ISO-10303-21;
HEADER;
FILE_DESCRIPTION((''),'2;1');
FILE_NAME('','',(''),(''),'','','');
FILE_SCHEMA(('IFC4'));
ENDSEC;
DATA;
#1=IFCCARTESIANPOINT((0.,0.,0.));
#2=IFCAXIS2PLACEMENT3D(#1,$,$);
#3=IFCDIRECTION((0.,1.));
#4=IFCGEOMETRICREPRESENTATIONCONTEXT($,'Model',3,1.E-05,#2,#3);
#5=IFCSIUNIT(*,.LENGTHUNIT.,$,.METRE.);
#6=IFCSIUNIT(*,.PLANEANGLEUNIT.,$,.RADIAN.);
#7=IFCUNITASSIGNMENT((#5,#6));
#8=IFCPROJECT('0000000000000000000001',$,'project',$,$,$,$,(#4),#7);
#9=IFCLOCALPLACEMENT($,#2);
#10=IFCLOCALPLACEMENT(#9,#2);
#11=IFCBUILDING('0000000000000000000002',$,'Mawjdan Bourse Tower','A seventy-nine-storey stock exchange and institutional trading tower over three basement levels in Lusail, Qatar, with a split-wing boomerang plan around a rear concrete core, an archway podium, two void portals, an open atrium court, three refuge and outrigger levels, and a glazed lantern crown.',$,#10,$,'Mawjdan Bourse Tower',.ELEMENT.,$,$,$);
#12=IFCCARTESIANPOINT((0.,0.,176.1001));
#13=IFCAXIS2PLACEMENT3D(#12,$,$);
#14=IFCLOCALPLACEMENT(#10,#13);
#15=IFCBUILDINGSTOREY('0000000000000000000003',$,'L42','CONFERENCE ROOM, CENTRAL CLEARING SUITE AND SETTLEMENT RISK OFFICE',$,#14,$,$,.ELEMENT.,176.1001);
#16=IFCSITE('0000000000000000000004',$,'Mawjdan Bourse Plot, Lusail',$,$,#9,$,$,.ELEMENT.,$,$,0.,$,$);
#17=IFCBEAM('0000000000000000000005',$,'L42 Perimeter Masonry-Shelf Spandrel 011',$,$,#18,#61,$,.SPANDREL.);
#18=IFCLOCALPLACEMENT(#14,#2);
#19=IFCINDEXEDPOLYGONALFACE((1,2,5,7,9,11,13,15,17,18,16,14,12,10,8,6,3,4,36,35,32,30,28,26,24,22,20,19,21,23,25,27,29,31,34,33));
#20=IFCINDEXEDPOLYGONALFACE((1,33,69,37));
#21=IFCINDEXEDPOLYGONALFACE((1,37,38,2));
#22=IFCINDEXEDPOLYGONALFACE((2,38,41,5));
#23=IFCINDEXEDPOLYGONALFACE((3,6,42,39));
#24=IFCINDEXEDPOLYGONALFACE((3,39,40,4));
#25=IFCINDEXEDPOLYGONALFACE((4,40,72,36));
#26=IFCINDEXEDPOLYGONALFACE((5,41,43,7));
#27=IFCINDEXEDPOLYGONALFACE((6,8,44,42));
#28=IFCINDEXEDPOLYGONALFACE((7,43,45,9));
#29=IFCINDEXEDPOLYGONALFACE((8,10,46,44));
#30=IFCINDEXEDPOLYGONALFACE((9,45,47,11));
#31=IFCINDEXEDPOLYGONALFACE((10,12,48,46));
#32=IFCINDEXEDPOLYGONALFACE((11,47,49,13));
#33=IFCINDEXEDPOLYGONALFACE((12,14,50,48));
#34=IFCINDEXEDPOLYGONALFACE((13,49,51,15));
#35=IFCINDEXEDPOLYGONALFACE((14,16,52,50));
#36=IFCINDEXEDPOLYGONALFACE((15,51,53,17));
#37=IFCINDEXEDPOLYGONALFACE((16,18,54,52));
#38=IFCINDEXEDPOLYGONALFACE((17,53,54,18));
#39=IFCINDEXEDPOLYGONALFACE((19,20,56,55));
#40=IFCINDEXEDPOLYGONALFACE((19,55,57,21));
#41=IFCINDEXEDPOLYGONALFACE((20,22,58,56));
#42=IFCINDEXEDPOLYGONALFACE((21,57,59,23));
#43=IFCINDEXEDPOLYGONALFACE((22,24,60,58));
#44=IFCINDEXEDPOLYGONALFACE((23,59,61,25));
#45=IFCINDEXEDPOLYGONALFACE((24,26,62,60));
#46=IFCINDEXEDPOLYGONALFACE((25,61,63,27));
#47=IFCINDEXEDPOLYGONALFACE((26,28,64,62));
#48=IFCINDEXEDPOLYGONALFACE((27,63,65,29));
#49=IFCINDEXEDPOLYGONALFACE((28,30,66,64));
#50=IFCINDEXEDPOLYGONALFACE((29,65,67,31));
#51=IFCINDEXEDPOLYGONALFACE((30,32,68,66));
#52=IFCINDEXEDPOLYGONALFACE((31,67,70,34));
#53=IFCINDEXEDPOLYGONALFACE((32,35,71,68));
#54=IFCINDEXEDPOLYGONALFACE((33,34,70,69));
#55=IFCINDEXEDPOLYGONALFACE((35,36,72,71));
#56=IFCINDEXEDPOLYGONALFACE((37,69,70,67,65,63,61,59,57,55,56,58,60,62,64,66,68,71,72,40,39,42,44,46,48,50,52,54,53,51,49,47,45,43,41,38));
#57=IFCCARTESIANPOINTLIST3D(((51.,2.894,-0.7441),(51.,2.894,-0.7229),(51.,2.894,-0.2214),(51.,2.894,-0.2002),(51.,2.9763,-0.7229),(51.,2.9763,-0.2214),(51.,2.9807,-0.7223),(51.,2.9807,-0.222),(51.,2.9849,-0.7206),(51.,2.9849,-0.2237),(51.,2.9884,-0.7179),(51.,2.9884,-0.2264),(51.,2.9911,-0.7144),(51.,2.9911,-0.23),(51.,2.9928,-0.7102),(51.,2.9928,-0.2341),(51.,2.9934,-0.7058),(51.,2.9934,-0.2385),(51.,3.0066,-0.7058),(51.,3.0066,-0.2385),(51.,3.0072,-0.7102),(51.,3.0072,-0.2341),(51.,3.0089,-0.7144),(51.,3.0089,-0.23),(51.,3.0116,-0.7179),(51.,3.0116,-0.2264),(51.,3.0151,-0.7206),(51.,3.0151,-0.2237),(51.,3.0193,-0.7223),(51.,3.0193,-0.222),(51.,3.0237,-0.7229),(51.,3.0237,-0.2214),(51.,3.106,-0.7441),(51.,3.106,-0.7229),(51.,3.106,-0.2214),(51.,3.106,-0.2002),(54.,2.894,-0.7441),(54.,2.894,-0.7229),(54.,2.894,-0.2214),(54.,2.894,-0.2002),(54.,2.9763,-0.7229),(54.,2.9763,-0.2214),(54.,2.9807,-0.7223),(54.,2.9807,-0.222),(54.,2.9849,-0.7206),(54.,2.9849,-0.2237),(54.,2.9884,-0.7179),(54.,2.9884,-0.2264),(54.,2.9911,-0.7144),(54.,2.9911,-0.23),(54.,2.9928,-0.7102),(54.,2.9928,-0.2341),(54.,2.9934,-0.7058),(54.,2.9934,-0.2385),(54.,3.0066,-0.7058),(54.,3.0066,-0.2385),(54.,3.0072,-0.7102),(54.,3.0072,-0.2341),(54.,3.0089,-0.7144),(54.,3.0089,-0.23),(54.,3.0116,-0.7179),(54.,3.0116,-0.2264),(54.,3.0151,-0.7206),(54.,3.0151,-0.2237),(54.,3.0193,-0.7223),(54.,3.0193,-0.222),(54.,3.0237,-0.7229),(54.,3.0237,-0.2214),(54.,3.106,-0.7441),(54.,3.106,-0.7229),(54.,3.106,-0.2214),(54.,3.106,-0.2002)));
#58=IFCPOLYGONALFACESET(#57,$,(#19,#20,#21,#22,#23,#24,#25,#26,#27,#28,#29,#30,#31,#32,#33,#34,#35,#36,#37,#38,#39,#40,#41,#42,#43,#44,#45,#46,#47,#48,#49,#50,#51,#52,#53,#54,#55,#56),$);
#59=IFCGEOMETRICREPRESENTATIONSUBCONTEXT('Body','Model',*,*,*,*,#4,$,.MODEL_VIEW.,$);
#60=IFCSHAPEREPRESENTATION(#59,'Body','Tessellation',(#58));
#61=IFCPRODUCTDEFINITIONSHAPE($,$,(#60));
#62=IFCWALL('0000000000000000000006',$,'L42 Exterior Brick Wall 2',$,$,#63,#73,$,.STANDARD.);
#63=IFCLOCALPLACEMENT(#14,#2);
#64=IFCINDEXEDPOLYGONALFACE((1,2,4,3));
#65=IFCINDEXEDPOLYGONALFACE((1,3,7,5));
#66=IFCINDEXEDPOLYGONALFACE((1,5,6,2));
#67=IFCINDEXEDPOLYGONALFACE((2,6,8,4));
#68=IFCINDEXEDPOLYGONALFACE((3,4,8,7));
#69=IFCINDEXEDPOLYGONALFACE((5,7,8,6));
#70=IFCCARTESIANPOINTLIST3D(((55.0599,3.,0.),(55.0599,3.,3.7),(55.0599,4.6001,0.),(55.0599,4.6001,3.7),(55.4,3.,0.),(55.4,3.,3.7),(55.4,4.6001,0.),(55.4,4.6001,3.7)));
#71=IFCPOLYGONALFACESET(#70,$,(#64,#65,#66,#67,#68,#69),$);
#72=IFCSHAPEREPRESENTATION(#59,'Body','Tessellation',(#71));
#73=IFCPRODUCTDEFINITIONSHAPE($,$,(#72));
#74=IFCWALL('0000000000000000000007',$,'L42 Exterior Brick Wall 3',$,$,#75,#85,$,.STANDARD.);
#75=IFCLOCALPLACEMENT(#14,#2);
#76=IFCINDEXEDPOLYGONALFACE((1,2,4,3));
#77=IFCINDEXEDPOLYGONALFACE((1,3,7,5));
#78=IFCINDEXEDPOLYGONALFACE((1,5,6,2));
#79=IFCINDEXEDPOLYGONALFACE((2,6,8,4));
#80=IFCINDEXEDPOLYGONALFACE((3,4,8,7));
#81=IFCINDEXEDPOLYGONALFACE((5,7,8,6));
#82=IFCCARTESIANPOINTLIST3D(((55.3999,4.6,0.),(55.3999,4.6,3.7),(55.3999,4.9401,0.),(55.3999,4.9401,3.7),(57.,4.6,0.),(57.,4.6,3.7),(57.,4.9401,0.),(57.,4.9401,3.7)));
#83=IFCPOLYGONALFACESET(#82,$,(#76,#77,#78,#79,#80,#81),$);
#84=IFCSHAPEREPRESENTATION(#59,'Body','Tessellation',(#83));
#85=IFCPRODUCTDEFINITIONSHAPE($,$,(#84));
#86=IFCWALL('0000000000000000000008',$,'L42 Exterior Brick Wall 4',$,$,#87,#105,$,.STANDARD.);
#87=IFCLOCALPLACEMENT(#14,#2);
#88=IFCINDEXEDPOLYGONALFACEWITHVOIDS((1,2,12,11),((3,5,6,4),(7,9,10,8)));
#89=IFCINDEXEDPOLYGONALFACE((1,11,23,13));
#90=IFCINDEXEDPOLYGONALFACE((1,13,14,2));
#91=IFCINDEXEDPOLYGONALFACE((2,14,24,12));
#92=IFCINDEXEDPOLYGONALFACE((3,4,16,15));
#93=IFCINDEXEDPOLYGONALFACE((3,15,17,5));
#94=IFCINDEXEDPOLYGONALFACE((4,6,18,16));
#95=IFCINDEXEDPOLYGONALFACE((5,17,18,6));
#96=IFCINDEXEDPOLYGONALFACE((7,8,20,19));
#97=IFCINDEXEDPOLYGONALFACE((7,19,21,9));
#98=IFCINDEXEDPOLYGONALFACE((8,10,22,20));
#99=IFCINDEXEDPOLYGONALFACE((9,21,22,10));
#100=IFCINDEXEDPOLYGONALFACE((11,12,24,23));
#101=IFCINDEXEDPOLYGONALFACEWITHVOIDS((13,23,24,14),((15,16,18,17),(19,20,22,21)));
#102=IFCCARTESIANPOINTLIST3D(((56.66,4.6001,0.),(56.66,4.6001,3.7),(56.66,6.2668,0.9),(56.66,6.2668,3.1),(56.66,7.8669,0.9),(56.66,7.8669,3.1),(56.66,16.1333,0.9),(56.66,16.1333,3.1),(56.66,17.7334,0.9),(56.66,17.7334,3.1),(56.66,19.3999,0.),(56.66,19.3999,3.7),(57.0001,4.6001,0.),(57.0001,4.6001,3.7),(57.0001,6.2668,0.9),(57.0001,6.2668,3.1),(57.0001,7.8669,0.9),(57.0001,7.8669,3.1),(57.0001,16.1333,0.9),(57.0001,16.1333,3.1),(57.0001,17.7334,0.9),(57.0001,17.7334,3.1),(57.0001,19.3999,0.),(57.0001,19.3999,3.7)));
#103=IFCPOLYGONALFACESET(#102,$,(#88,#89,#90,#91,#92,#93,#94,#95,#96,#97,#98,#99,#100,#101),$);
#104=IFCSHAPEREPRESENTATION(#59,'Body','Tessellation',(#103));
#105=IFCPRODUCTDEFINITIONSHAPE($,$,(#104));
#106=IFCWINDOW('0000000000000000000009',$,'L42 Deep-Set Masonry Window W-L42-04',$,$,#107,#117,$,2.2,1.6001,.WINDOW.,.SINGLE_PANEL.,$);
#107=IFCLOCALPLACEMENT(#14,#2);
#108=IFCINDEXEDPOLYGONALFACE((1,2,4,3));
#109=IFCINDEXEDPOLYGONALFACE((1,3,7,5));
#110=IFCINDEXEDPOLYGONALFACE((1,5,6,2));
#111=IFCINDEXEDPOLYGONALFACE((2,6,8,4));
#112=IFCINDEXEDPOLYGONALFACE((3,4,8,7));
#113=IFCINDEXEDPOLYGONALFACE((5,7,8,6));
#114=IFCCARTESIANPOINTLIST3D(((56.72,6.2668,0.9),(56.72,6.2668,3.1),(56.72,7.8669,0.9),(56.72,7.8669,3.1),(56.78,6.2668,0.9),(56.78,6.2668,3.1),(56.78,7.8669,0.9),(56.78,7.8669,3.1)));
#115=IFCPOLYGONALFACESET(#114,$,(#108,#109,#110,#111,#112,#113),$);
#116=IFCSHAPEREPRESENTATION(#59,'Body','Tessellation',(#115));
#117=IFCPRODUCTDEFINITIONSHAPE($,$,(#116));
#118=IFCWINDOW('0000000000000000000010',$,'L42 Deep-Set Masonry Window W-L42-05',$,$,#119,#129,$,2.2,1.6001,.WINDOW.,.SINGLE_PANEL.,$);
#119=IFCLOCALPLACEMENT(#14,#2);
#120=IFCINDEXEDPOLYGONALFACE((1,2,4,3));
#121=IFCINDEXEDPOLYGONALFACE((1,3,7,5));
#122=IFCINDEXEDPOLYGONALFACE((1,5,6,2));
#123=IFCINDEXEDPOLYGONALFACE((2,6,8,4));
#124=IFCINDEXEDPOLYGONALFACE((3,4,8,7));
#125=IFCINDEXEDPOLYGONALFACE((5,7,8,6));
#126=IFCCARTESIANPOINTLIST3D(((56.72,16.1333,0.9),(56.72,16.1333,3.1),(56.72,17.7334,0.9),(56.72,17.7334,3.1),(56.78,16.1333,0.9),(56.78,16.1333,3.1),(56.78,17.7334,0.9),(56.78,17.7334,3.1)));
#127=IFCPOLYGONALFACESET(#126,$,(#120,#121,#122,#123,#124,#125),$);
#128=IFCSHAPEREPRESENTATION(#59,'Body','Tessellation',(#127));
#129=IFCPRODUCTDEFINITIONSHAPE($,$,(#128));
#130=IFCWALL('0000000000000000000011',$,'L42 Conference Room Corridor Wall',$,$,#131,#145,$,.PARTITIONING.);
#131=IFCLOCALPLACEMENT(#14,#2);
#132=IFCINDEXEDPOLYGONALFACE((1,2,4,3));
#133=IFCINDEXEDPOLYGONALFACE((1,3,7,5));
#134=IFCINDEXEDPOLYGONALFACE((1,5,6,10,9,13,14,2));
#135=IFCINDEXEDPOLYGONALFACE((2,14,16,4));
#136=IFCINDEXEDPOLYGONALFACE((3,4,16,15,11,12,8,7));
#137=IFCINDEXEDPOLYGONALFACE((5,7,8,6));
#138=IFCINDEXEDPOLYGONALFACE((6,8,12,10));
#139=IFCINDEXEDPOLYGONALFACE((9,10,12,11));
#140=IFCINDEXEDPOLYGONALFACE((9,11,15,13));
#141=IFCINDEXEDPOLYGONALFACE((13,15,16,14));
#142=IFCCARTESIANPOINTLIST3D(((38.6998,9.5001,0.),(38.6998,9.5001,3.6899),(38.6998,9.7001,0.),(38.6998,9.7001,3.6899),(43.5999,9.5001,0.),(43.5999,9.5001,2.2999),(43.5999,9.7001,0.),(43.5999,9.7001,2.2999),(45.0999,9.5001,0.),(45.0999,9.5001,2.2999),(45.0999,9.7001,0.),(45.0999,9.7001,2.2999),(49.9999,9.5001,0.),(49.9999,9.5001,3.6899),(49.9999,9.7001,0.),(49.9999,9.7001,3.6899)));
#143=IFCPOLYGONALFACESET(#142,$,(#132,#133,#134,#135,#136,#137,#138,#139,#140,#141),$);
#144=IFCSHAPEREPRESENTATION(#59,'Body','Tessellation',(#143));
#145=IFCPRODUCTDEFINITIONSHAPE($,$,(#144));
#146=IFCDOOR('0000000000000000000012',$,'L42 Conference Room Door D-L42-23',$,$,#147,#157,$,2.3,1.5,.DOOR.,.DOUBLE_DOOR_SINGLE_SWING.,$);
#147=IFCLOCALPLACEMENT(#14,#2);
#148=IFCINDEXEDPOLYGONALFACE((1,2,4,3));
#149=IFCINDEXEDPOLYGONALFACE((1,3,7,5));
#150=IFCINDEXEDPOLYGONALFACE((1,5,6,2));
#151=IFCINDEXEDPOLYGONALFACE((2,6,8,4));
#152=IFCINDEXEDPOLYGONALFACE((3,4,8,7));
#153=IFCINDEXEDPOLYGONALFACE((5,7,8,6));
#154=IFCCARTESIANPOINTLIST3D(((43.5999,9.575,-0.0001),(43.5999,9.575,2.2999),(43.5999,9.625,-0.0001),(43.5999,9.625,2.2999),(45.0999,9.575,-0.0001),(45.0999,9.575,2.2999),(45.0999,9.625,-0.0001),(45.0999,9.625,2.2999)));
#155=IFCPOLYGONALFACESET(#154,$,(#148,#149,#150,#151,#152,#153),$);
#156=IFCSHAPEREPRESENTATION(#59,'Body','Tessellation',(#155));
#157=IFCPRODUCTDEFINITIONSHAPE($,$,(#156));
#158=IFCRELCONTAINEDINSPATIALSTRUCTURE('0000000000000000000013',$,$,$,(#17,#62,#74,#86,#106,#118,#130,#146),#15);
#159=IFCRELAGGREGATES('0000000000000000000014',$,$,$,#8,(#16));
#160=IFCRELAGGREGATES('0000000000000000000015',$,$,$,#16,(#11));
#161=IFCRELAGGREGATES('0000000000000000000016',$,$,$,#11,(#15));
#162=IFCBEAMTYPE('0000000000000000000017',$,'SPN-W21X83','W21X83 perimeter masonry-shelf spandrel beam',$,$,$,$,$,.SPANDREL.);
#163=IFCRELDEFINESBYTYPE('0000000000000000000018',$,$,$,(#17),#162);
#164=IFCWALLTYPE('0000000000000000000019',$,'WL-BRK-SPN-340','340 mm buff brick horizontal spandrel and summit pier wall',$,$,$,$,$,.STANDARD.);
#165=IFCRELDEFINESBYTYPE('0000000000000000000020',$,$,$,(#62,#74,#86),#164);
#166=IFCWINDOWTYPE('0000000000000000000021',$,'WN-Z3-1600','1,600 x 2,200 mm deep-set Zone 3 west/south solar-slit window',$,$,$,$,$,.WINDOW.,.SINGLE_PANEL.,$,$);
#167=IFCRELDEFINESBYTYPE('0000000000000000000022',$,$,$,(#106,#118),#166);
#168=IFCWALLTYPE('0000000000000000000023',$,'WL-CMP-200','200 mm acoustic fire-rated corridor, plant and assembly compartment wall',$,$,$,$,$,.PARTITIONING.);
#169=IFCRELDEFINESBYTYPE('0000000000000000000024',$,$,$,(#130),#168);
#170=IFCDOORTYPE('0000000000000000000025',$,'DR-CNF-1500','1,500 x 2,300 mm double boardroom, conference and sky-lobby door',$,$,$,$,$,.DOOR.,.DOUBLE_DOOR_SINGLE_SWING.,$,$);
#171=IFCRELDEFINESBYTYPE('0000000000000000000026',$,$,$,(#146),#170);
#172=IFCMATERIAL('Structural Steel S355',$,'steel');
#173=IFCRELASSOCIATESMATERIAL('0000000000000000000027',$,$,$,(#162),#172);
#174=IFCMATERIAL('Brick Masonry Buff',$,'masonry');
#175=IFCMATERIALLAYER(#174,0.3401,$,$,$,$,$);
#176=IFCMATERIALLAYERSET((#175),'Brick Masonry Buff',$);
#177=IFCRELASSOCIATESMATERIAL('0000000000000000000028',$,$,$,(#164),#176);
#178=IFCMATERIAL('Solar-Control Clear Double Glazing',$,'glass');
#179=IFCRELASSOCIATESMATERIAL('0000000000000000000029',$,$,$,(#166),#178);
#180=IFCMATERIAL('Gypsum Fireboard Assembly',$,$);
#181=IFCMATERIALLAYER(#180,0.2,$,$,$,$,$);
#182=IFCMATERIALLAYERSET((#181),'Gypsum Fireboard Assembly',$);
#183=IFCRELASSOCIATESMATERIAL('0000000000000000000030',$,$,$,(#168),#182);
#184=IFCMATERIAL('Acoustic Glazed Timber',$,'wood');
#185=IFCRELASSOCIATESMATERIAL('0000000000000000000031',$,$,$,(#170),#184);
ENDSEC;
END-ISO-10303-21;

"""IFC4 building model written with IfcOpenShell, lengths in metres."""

from ifc_helpers import new_model, si_unit, direction, frame, frame_2d, origin, origin_2d, place, context, subcontext, project, spatial, rectangle, i_section, extrude, material, layer, layer_set, material_profile, profile_set, type_object, element, fill, save


model = new_model("IFC4")

# Units and contexts
model_context = context("Model", 3, precision=1e-05, world=origin(), true_north=direction((0.0, 1.0)))
body_context = subcontext(model_context, "Body", "Model", "MODEL_VIEW")
ifc_project = project(units=[si_unit("LENGTHUNIT", "METRE"), si_unit("PLANEANGLEUNIT", "RADIAN")], contexts=[model_context])

# Site, building, storey
site_placement = place(None, origin())
site = spatial("IfcSite", under=ifc_project, at=site_placement, Name="Mawjdan Bourse Plot, Lusail", CompositionType="ELEMENT", RefElevation=0.0)
building_placement = place(site_placement, origin())
building = spatial("IfcBuilding", under=site, at=building_placement, Name="Mawjdan Bourse Tower", Description="A seventy-nine-storey stock exchange and institutional trading tower over three basement levels in Lusail, Qatar, with a split-wing boomerang plan around a rear concrete core, an archway podium, two void portals, an open atrium court, three refuge and outrigger levels, and a glazed lantern crown.", LongName="Mawjdan Bourse Tower", CompositionType="ELEMENT")
storey_placement = place(building_placement, frame((0.0, 0.0, 176.1001)))
storey = spatial("IfcBuildingStorey", under=building, at=storey_placement, Name="L42", Description="CONFERENCE ROOM, CENTRAL CLEARING SUITE AND SETTLEMENT RISK OFFICE", CompositionType="ELEMENT", Elevation=176.1001)

# Beam
ifc_material_1 = material(Name="Structural Steel S355", Category="steel")
ifc_material_profile_1 = material_profile(ifc_material_1, i_section(OverallWidth=0.2119, OverallDepth=0.5439, WebThickness=0.0132, FlangeThickness=0.0212, FilletRadius=0.0171, at=origin_2d()), Name="W21X83")
ifc_profile_set_1 = profile_set([ifc_material_profile_1], Name="Structural Steel S355")
beam_type_1 = type_object("IfcBeamType", Name="SPN-W21X83", Description="W21X83 perimeter masonry-shelf spandrel beam", PredefinedType="SPANDREL", material=ifc_profile_set_1)
for number, where, z_axis, x_axis, name in (
    (1, (51.0, 3.0, -0.4722), (1.0, 0.0, 0.0), (0.0, 1.0, 0.0), "L42 Perimeter Masonry-Shelf Spandrel 011"),
):
    element("IfcBeam", number, at=place(storey_placement, frame(where, z_axis=z_axis, x_axis=x_axis)), inside=storey, type_object=beam_type_1, Name=name, PredefinedType="SPANDREL", context=body_context, shape_type="SweptSolid", body=[
        extrude(i_section(OverallWidth=0.2119, OverallDepth=0.5439, WebThickness=0.0132, FlangeThickness=0.0212, FilletRadius=0.0171, at=origin_2d()), origin(), (0.0, 0.0, 1.0), 3.0),
    ])

# Walls
ifc_material_2 = material(Name="Brick Masonry Buff", Category="masonry")
ifc_layer_1 = layer(ifc_material_2, 0.3401)
ifc_layer_set_1 = layer_set([ifc_layer_1], Name="Brick Masonry Buff")
wall_type_1 = type_object("IfcWallType", Name="WL-BRK-SPN-340", Description="340 mm buff brick horizontal spandrel and summit pier wall", PredefinedType="STANDARD", material=ifc_layer_set_1)
for number, where, z_axis, x_axis, name in (
    (2, (55.23, 3.0, 0.0), (0.0, 0.0, 1.0), (0.0, 1.0, 0.0), "L42 Exterior Brick Wall 2"),
    (3, (55.3999, 4.77, 0.0), (0.0, 0.0, 1.0), (1.0, 0.0, 0.0), "L42 Exterior Brick Wall 3"),
):
    element("IfcWall", number, at=place(storey_placement, frame(where, z_axis=z_axis, x_axis=x_axis)), inside=storey, type_object=wall_type_1, Name=name, PredefinedType="STANDARD", context=body_context, shape_type="SweptSolid", body=[
        extrude(rectangle(XDim=1.6001, YDim=0.3401, at=frame_2d((0.8, 0.0))), origin(), (0.0, 0.0, 1.0), 3.7),
    ])

# Wall, openings, windows
wall_1_placement = place(storey_placement, frame((56.8301, 4.6001, 0.0), z_axis=(0.0, 0.0, 1.0), x_axis=(0.0, 1.0, 0.0)))
wall_1 = element("IfcWall", 4, at=wall_1_placement, inside=storey, type_object=wall_type_1, Name="L42 Exterior Brick Wall 4", PredefinedType="STANDARD", context=body_context, shape_type="SweptSolid", body=[
    extrude(rectangle(XDim=14.7998, YDim=0.3401, at=frame_2d((7.3999, 0.0))), origin(), (0.0, 0.0, 1.0), 3.7),
])
opening_1_placement = place(wall_1_placement, frame((1.6667, 0.0, 0.8999)))
opening_1 = element("IfcOpeningElement", 5, at=opening_1_placement, cuts=wall_1, PredefinedType="OPENING", context=body_context, shape_type="SweptSolid", body=[
    extrude(rectangle(XDim=1.6001, YDim=2.2, at=frame_2d((0.8, 1.1001))), frame((0.0, 0.1802, 0.0), z_axis=(0.0, -1.0, 0.0), x_axis=(1.0, 0.0, 0.0)), (0.0, 0.0, 1.0), 0.3601),
])
opening_2_placement = place(wall_1_placement, frame((11.5332, 0.0, 0.8999)))
opening_2 = element("IfcOpeningElement", 6, at=opening_2_placement, cuts=wall_1, PredefinedType="OPENING", context=body_context, shape_type="SweptSolid", body=[
    extrude(rectangle(XDim=1.6001, YDim=2.2, at=frame_2d((0.8, 1.1001))), frame((0.0, 0.1802, 0.0), z_axis=(0.0, -1.0, 0.0), x_axis=(1.0, 0.0, 0.0)), (0.0, 0.0, 1.0), 0.3601),
])
ifc_material_3 = material(Name="Solar-Control Clear Double Glazing", Category="glass")
window_type = type_object("IfcWindowType", Name="WN-Z3-1600", Description="1,600 x 2,200 mm deep-set Zone 3 west/south solar-slit window", PartitioningType="SINGLE_PANEL", PredefinedType="WINDOW", material=ifc_material_3)
window_1_placement = place(opening_1_placement, origin())
window_1 = element("IfcWindow", 7, at=window_1_placement, inside=storey, type_object=window_type, Name="L42 Deep-Set Masonry Window W-L42-04", OverallHeight=2.2, OverallWidth=1.6001, PartitioningType="SINGLE_PANEL", PredefinedType="WINDOW", context=body_context, shape_type="SweptSolid", body=[
    extrude(rectangle(XDim=1.6001, YDim=2.2, at=frame_2d((0.8, 1.1001))), frame((0.0, 0.1101, 0.0), z_axis=(0.0, -1.0, 0.0), x_axis=(1.0, 0.0, 0.0)), (0.0, 0.0, 1.0), 0.0601),
])
fill(opening_1, window_1)
window_2_placement = place(opening_2_placement, origin())
window_2 = element("IfcWindow", 8, at=window_2_placement, inside=storey, type_object=window_type, Name="L42 Deep-Set Masonry Window W-L42-05", OverallHeight=2.2, OverallWidth=1.6001, PartitioningType="SINGLE_PANEL", PredefinedType="WINDOW", context=body_context, shape_type="SweptSolid", body=[
    extrude(rectangle(XDim=1.6001, YDim=2.2, at=frame_2d((0.8, 1.1001))), frame((0.0, 0.1101, 0.0), z_axis=(0.0, -1.0, 0.0), x_axis=(1.0, 0.0, 0.0)), (0.0, 0.0, 1.0), 0.0601),
])
fill(opening_2, window_2)

# Wall, opening, door
ifc_material_4 = material(Name="Gypsum Fireboard Assembly")
ifc_layer_2 = layer(ifc_material_4, 0.2)
ifc_layer_set_2 = layer_set([ifc_layer_2], Name="Gypsum Fireboard Assembly")
wall_type_2 = type_object("IfcWallType", Name="WL-CMP-200", Description="200 mm acoustic fire-rated corridor, plant and assembly compartment wall", PredefinedType="PARTITIONING", material=ifc_layer_set_2)
wall_2_placement = place(storey_placement, frame((38.7, 9.6001, 0.0), z_axis=(0.0, 0.0, 1.0), x_axis=(1.0, 0.0, 0.0)))
wall_2 = element("IfcWall", 9, at=wall_2_placement, inside=storey, type_object=wall_type_2, Name="L42 Conference Room Corridor Wall", PredefinedType="PARTITIONING", context=body_context, shape_type="SweptSolid", body=[
    extrude(rectangle(XDim=11.3, YDim=0.2, at=frame_2d((5.6499, 0.0))), origin(), (0.0, 0.0, 1.0), 3.6899),
])
opening_3_placement = place(wall_2_placement, frame((4.8999, 0.0, 0.0)))
opening_3 = element("IfcOpeningElement", 10, at=opening_3_placement, cuts=wall_2, PredefinedType="OPENING", context=body_context, shape_type="SweptSolid", body=[
    extrude(rectangle(XDim=1.5, YDim=2.3, at=frame_2d((0.75, 1.1499))), frame((0.0, 0.1099, 0.0), z_axis=(0.0, -1.0, 0.0), x_axis=(1.0, 0.0, 0.0)), (0.0, 0.0, 1.0), 0.22),
])
ifc_material_5 = material(Name="Acoustic Glazed Timber", Category="wood")
door_type_1 = type_object("IfcDoorType", Name="DR-CNF-1500", Description="1,500 x 2,300 mm double boardroom, conference and sky-lobby door", OperationType="DOUBLE_DOOR_SINGLE_SWING", PredefinedType="DOOR", material=ifc_material_5)
door_1_placement = place(opening_3_placement, origin())
door_1 = element("IfcDoor", 11, at=door_1_placement, inside=storey, type_object=door_type_1, Name="L42 Conference Room Door D-L42-23", OperationType="DOUBLE_DOOR_SINGLE_SWING", OverallHeight=2.3, OverallWidth=1.5, PredefinedType="DOOR", context=body_context, shape_type="SweptSolid", body=[
    extrude(rectangle(XDim=1.5, YDim=2.3, at=frame_2d((0.75, 1.1499))), frame((0.0, 0.0249, 0.0), z_axis=(0.0, -1.0, 0.0), x_axis=(1.0, 0.0, 0.0)), (0.0, 0.0, 1.0), 0.05),
])
fill(opening_3, door_1)

save(model, "model.ifc")
